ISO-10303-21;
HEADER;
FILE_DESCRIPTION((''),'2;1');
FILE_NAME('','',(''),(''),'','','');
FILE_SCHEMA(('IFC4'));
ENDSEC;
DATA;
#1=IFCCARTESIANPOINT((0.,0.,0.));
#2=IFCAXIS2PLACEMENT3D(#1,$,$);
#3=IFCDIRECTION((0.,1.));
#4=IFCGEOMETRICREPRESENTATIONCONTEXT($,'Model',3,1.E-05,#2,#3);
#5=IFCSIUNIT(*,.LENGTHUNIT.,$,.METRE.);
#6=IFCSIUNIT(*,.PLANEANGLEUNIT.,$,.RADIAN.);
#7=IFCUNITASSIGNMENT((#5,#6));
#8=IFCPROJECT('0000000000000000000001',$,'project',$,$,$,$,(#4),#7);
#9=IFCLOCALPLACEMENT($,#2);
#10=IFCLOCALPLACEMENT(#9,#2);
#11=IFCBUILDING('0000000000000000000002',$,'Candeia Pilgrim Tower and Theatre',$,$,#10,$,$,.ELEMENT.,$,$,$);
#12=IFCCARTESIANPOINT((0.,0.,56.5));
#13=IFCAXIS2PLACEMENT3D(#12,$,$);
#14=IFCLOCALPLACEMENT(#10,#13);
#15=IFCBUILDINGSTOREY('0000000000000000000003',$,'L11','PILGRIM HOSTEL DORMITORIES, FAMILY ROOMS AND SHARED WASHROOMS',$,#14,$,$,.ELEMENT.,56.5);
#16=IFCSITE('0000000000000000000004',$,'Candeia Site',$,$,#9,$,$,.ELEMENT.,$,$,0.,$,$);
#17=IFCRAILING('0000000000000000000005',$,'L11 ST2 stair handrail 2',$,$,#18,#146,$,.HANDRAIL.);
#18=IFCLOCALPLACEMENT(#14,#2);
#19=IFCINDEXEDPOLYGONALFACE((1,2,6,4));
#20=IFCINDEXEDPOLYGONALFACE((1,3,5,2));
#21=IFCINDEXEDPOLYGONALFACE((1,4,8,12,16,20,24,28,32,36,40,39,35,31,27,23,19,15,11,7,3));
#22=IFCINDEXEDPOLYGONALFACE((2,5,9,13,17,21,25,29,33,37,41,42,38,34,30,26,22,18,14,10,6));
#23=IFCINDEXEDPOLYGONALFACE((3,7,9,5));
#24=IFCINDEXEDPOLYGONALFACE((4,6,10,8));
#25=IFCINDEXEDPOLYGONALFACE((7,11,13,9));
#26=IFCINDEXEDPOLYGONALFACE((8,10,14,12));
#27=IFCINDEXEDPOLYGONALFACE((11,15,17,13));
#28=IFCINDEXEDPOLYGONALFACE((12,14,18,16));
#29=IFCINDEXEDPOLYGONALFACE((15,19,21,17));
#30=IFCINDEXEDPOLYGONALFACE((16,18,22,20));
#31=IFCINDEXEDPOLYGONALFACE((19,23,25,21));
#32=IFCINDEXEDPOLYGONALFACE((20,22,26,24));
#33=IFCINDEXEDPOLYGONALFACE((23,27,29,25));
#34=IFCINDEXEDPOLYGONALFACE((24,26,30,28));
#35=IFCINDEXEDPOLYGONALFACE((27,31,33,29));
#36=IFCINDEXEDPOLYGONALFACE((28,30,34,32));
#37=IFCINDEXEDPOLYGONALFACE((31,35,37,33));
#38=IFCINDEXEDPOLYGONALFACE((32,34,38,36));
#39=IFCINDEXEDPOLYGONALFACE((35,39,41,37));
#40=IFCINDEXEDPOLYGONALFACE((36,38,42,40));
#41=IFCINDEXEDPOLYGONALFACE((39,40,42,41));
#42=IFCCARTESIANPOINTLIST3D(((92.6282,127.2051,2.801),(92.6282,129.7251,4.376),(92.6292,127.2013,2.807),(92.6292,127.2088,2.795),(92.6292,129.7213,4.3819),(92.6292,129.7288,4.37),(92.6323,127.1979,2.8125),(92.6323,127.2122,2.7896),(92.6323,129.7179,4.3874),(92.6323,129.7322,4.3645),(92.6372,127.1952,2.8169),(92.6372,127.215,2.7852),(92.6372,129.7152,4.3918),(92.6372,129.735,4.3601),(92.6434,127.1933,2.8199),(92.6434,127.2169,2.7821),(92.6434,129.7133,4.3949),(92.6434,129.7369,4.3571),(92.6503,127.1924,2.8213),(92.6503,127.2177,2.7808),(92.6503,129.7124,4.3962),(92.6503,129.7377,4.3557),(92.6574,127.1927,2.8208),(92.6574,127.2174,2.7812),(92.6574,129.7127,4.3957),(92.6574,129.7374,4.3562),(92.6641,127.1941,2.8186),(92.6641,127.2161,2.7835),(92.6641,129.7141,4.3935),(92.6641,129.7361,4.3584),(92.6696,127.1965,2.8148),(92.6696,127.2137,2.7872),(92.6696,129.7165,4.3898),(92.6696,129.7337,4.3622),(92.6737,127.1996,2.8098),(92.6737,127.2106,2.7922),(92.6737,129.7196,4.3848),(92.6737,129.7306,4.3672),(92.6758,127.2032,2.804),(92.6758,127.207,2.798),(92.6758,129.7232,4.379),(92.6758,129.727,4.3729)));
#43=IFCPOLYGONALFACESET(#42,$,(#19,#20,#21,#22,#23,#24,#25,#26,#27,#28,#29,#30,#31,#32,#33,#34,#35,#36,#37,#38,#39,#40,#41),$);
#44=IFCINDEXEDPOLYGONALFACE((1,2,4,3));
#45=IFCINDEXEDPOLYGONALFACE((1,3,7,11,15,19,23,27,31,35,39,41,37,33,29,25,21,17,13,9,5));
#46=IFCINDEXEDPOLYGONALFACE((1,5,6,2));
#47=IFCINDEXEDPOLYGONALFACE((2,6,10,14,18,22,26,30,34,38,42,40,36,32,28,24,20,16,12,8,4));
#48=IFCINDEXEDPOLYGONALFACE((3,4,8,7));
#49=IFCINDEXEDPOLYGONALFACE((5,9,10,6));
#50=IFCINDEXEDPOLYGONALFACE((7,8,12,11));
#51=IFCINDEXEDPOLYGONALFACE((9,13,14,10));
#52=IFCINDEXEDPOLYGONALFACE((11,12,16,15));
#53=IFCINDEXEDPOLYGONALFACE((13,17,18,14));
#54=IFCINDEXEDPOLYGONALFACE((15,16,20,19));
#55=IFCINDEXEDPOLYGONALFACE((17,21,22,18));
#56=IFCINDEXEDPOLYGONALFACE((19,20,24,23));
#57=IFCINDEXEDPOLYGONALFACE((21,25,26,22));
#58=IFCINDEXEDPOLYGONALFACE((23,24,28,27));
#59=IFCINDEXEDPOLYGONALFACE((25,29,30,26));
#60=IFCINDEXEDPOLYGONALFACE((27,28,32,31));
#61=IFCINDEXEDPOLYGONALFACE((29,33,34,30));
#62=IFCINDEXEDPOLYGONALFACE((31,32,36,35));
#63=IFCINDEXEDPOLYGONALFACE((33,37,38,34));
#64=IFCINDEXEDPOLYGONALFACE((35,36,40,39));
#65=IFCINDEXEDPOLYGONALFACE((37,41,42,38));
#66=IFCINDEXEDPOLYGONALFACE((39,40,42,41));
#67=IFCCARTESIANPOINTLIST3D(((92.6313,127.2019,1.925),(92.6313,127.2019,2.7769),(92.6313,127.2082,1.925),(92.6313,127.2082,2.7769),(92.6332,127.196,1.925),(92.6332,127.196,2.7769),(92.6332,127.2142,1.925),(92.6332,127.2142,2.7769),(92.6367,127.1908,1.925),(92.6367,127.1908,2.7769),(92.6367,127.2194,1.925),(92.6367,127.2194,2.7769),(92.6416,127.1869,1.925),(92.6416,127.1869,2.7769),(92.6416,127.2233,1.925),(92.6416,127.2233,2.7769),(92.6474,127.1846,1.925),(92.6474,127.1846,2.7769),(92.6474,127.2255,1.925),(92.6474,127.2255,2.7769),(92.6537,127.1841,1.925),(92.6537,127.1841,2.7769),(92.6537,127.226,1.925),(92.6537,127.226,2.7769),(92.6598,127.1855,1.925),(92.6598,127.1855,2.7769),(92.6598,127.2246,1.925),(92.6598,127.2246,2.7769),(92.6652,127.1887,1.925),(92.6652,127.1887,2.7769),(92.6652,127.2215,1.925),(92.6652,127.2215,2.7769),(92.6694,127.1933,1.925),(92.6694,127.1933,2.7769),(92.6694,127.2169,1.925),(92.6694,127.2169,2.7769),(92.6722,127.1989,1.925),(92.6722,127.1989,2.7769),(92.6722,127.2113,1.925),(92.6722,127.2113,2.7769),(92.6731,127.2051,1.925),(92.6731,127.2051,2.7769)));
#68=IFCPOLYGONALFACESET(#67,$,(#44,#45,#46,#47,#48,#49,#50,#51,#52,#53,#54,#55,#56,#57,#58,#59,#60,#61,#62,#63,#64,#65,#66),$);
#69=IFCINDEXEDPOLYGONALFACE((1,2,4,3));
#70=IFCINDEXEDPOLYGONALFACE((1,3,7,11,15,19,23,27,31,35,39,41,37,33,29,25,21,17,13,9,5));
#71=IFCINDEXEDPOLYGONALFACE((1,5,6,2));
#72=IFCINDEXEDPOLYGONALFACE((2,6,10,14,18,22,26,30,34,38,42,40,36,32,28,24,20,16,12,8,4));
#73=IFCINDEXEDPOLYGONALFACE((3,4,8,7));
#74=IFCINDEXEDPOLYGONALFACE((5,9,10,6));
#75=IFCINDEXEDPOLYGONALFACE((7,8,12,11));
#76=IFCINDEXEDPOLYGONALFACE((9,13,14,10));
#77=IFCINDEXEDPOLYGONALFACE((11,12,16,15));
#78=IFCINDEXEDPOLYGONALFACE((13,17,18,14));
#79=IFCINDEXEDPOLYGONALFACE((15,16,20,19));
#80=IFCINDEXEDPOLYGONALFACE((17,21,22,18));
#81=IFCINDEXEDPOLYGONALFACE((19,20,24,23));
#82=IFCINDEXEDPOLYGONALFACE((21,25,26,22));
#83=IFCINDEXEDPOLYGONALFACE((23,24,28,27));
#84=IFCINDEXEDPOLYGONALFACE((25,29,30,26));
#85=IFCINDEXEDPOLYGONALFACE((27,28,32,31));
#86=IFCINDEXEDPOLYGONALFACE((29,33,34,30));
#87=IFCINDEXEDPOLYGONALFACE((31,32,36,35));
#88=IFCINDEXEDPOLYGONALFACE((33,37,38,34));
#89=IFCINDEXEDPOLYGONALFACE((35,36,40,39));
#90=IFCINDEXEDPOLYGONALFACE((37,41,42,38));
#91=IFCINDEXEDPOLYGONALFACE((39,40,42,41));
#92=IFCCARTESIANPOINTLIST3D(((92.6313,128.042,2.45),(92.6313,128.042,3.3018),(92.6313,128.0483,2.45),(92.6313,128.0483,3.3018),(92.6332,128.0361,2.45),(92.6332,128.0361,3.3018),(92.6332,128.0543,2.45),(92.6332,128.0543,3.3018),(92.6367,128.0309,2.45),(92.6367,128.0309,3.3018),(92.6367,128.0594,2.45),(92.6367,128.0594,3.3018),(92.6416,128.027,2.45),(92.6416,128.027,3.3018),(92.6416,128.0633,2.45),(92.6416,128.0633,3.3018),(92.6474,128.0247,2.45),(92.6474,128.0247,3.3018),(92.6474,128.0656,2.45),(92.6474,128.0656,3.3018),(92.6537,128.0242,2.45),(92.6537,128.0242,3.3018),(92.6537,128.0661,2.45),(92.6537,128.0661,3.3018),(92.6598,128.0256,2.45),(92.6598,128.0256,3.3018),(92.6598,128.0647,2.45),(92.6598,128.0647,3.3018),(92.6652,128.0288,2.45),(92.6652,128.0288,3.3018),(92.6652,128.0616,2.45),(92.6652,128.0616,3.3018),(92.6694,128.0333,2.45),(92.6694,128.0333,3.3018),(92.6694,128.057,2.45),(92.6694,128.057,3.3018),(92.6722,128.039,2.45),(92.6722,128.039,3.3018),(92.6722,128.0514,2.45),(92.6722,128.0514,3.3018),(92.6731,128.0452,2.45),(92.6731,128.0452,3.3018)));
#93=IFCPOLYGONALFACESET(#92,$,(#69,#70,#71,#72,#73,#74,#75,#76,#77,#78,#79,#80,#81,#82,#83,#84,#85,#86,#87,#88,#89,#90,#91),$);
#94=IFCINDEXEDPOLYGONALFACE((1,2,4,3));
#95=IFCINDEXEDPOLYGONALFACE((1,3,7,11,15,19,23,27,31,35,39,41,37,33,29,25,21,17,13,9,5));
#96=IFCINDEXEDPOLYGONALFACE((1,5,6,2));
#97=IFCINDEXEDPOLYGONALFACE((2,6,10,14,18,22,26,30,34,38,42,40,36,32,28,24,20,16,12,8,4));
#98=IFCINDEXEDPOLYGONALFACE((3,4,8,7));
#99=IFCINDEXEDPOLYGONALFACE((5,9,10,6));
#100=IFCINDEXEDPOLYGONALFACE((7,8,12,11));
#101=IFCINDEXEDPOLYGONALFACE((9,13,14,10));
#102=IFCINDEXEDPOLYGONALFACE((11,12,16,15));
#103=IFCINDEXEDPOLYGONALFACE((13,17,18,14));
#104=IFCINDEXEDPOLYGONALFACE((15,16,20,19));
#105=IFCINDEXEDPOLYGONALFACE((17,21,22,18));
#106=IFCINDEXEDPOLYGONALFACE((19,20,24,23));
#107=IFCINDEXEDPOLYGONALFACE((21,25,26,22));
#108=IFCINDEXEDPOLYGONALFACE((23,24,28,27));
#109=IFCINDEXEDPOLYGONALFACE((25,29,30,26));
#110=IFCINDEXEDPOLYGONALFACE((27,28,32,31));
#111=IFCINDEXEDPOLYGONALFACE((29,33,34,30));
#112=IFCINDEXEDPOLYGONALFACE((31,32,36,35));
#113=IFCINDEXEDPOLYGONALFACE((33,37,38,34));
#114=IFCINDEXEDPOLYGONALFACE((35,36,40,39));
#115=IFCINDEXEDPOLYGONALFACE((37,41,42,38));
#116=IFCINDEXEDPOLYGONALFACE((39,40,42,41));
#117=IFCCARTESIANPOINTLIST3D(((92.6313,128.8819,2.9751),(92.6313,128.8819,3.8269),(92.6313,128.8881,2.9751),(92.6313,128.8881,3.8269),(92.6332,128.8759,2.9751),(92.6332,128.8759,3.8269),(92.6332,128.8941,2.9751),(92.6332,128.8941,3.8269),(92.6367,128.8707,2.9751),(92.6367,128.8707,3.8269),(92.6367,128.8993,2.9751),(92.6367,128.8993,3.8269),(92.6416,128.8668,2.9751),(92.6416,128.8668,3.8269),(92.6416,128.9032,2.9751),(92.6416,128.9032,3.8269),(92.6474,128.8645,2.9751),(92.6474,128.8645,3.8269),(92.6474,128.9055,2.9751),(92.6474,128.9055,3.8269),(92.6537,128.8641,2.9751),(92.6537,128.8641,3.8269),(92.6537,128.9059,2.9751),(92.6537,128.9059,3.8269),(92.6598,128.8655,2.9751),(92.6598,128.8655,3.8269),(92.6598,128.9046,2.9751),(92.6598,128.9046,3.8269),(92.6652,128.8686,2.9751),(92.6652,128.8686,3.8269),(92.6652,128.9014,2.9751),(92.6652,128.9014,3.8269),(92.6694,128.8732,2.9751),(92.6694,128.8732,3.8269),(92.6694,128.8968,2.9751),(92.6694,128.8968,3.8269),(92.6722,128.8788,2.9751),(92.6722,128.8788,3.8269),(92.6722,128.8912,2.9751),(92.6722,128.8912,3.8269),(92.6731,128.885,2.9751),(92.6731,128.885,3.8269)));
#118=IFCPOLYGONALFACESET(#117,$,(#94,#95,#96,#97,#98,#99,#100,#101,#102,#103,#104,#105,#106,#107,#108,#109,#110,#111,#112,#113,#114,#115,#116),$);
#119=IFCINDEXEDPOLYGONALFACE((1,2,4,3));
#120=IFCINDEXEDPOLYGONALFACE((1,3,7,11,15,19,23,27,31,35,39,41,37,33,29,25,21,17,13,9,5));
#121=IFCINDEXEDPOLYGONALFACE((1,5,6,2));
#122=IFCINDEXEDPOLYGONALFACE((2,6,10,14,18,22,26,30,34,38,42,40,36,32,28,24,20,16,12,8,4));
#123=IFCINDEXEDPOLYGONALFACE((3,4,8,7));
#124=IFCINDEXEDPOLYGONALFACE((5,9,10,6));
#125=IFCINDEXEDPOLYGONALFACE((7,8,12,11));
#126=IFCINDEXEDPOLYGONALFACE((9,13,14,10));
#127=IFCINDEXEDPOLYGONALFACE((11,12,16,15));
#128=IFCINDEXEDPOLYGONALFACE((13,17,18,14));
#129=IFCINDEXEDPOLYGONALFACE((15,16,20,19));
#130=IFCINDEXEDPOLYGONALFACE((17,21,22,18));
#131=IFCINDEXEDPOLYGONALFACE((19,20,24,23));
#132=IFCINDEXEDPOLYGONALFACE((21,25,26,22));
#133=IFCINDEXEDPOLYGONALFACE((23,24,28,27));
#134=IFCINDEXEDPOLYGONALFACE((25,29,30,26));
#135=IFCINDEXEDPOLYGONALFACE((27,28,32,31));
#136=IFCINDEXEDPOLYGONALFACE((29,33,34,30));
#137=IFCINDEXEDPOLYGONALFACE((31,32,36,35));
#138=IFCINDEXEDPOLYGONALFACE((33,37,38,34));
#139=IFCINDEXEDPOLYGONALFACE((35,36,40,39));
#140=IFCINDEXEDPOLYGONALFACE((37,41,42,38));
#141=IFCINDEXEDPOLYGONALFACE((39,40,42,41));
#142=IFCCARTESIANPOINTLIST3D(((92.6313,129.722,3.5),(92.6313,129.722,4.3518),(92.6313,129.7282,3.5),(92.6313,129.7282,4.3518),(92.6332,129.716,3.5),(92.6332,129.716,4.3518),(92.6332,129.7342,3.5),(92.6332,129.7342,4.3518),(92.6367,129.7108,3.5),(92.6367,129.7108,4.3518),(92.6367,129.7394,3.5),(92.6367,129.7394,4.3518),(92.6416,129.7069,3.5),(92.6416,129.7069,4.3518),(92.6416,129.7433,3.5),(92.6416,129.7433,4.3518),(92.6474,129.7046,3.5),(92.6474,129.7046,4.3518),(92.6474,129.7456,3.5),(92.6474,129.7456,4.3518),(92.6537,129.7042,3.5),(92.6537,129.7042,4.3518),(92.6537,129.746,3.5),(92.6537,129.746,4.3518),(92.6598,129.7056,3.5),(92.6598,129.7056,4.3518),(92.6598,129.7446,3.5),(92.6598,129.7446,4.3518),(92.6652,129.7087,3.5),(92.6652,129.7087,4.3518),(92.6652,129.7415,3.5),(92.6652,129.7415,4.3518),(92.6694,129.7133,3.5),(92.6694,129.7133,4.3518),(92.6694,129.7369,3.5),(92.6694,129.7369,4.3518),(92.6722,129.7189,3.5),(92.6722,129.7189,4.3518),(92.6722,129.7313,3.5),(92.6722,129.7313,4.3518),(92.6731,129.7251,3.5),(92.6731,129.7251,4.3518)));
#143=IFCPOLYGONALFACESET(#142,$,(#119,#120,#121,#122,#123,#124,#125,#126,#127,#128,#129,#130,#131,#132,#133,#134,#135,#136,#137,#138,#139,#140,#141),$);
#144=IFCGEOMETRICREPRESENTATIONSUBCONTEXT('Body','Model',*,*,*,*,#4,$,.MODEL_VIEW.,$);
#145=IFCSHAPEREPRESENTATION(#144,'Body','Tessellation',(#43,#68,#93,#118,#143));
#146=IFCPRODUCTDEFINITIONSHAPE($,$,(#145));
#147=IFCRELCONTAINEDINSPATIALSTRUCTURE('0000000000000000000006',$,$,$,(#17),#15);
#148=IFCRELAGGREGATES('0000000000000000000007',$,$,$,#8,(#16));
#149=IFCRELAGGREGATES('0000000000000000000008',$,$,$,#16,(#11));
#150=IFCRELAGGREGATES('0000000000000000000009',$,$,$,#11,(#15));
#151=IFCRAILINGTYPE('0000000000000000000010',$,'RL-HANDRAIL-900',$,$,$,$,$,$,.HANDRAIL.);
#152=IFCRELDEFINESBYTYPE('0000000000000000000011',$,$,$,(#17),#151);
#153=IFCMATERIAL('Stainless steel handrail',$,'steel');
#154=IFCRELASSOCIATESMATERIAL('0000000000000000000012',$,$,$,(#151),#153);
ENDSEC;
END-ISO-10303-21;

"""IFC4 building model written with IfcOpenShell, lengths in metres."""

from ifc_helpers import new_model, si_unit, direction, frame, origin, origin_2d, place, context, subcontext, project, spatial, circle, extrude, material, type_object, element, save


model = new_model("IFC4")

# Units and contexts
model_context = context("Model", 3, precision=1e-05, world=origin(), true_north=direction((0.0, 1.0)))
body_context = subcontext(model_context, "Body", "Model", "MODEL_VIEW")
ifc_project = project(units=[si_unit("LENGTHUNIT", "METRE"), si_unit("PLANEANGLEUNIT", "RADIAN")], contexts=[model_context])

# Site, building, storey
site_placement = place(None, origin())
site = spatial("IfcSite", under=ifc_project, at=site_placement, Name="Candeia Site", CompositionType="ELEMENT", RefElevation=0.0)
building_placement = place(site_placement, origin())
building = spatial("IfcBuilding", under=site, at=building_placement, Name="Candeia Pilgrim Tower and Theatre", CompositionType="ELEMENT")
storey_placement = place(building_placement, frame((0.0, 0.0, 56.5)))
storey = spatial("IfcBuildingStorey", under=building, at=storey_placement, Name="L11", Description="PILGRIM HOSTEL DORMITORIES, FAMILY ROOMS AND SHARED WASHROOMS", CompositionType="ELEMENT", Elevation=56.5)

# Railing
ifc_material_1 = material(Name="Stainless steel handrail", Category="steel")
railing_type_1 = type_object("IfcRailingType", Name="RL-HANDRAIL-900", PredefinedType="HANDRAIL", material=ifc_material_1)
railing_1_placement = place(storey_placement, frame((92.6521, 127.2051, 1.925)))
element("IfcRailing", 1, at=railing_1_placement, inside=storey, type_object=railing_type_1, Name="L11 ST2 stair handrail 2", PredefinedType="HANDRAIL", context=body_context, shape_type="SweptSolid", body=[
    extrude(circle(Radius=0.0239, at=origin_2d()), frame((0.0, 0.0, 0.876), z_axis=(0.0, 0.848008, 0.529984), x_axis=(-1.0, 0.0, 0.0)), (0.0, 0.0, 1.0), 2.9717),
    extrude(circle(Radius=0.021, at=origin_2d()), origin(), (0.0, 0.0, 1.0), 0.8518),
    extrude(circle(Radius=0.021, at=origin_2d()), frame((0.0, 0.8401, 0.5249)), (0.0, 0.0, 1.0), 0.8518),
    extrude(circle(Radius=0.021, at=origin_2d()), frame((0.0, 1.6799, 1.05)), (0.0, 0.0, 1.0), 0.8518),
    extrude(circle(Radius=0.021, at=origin_2d()), frame((0.0, 2.52, 1.575)), (0.0, 0.0, 1.0), 0.8518),
])

save(model, "model.ifc")
